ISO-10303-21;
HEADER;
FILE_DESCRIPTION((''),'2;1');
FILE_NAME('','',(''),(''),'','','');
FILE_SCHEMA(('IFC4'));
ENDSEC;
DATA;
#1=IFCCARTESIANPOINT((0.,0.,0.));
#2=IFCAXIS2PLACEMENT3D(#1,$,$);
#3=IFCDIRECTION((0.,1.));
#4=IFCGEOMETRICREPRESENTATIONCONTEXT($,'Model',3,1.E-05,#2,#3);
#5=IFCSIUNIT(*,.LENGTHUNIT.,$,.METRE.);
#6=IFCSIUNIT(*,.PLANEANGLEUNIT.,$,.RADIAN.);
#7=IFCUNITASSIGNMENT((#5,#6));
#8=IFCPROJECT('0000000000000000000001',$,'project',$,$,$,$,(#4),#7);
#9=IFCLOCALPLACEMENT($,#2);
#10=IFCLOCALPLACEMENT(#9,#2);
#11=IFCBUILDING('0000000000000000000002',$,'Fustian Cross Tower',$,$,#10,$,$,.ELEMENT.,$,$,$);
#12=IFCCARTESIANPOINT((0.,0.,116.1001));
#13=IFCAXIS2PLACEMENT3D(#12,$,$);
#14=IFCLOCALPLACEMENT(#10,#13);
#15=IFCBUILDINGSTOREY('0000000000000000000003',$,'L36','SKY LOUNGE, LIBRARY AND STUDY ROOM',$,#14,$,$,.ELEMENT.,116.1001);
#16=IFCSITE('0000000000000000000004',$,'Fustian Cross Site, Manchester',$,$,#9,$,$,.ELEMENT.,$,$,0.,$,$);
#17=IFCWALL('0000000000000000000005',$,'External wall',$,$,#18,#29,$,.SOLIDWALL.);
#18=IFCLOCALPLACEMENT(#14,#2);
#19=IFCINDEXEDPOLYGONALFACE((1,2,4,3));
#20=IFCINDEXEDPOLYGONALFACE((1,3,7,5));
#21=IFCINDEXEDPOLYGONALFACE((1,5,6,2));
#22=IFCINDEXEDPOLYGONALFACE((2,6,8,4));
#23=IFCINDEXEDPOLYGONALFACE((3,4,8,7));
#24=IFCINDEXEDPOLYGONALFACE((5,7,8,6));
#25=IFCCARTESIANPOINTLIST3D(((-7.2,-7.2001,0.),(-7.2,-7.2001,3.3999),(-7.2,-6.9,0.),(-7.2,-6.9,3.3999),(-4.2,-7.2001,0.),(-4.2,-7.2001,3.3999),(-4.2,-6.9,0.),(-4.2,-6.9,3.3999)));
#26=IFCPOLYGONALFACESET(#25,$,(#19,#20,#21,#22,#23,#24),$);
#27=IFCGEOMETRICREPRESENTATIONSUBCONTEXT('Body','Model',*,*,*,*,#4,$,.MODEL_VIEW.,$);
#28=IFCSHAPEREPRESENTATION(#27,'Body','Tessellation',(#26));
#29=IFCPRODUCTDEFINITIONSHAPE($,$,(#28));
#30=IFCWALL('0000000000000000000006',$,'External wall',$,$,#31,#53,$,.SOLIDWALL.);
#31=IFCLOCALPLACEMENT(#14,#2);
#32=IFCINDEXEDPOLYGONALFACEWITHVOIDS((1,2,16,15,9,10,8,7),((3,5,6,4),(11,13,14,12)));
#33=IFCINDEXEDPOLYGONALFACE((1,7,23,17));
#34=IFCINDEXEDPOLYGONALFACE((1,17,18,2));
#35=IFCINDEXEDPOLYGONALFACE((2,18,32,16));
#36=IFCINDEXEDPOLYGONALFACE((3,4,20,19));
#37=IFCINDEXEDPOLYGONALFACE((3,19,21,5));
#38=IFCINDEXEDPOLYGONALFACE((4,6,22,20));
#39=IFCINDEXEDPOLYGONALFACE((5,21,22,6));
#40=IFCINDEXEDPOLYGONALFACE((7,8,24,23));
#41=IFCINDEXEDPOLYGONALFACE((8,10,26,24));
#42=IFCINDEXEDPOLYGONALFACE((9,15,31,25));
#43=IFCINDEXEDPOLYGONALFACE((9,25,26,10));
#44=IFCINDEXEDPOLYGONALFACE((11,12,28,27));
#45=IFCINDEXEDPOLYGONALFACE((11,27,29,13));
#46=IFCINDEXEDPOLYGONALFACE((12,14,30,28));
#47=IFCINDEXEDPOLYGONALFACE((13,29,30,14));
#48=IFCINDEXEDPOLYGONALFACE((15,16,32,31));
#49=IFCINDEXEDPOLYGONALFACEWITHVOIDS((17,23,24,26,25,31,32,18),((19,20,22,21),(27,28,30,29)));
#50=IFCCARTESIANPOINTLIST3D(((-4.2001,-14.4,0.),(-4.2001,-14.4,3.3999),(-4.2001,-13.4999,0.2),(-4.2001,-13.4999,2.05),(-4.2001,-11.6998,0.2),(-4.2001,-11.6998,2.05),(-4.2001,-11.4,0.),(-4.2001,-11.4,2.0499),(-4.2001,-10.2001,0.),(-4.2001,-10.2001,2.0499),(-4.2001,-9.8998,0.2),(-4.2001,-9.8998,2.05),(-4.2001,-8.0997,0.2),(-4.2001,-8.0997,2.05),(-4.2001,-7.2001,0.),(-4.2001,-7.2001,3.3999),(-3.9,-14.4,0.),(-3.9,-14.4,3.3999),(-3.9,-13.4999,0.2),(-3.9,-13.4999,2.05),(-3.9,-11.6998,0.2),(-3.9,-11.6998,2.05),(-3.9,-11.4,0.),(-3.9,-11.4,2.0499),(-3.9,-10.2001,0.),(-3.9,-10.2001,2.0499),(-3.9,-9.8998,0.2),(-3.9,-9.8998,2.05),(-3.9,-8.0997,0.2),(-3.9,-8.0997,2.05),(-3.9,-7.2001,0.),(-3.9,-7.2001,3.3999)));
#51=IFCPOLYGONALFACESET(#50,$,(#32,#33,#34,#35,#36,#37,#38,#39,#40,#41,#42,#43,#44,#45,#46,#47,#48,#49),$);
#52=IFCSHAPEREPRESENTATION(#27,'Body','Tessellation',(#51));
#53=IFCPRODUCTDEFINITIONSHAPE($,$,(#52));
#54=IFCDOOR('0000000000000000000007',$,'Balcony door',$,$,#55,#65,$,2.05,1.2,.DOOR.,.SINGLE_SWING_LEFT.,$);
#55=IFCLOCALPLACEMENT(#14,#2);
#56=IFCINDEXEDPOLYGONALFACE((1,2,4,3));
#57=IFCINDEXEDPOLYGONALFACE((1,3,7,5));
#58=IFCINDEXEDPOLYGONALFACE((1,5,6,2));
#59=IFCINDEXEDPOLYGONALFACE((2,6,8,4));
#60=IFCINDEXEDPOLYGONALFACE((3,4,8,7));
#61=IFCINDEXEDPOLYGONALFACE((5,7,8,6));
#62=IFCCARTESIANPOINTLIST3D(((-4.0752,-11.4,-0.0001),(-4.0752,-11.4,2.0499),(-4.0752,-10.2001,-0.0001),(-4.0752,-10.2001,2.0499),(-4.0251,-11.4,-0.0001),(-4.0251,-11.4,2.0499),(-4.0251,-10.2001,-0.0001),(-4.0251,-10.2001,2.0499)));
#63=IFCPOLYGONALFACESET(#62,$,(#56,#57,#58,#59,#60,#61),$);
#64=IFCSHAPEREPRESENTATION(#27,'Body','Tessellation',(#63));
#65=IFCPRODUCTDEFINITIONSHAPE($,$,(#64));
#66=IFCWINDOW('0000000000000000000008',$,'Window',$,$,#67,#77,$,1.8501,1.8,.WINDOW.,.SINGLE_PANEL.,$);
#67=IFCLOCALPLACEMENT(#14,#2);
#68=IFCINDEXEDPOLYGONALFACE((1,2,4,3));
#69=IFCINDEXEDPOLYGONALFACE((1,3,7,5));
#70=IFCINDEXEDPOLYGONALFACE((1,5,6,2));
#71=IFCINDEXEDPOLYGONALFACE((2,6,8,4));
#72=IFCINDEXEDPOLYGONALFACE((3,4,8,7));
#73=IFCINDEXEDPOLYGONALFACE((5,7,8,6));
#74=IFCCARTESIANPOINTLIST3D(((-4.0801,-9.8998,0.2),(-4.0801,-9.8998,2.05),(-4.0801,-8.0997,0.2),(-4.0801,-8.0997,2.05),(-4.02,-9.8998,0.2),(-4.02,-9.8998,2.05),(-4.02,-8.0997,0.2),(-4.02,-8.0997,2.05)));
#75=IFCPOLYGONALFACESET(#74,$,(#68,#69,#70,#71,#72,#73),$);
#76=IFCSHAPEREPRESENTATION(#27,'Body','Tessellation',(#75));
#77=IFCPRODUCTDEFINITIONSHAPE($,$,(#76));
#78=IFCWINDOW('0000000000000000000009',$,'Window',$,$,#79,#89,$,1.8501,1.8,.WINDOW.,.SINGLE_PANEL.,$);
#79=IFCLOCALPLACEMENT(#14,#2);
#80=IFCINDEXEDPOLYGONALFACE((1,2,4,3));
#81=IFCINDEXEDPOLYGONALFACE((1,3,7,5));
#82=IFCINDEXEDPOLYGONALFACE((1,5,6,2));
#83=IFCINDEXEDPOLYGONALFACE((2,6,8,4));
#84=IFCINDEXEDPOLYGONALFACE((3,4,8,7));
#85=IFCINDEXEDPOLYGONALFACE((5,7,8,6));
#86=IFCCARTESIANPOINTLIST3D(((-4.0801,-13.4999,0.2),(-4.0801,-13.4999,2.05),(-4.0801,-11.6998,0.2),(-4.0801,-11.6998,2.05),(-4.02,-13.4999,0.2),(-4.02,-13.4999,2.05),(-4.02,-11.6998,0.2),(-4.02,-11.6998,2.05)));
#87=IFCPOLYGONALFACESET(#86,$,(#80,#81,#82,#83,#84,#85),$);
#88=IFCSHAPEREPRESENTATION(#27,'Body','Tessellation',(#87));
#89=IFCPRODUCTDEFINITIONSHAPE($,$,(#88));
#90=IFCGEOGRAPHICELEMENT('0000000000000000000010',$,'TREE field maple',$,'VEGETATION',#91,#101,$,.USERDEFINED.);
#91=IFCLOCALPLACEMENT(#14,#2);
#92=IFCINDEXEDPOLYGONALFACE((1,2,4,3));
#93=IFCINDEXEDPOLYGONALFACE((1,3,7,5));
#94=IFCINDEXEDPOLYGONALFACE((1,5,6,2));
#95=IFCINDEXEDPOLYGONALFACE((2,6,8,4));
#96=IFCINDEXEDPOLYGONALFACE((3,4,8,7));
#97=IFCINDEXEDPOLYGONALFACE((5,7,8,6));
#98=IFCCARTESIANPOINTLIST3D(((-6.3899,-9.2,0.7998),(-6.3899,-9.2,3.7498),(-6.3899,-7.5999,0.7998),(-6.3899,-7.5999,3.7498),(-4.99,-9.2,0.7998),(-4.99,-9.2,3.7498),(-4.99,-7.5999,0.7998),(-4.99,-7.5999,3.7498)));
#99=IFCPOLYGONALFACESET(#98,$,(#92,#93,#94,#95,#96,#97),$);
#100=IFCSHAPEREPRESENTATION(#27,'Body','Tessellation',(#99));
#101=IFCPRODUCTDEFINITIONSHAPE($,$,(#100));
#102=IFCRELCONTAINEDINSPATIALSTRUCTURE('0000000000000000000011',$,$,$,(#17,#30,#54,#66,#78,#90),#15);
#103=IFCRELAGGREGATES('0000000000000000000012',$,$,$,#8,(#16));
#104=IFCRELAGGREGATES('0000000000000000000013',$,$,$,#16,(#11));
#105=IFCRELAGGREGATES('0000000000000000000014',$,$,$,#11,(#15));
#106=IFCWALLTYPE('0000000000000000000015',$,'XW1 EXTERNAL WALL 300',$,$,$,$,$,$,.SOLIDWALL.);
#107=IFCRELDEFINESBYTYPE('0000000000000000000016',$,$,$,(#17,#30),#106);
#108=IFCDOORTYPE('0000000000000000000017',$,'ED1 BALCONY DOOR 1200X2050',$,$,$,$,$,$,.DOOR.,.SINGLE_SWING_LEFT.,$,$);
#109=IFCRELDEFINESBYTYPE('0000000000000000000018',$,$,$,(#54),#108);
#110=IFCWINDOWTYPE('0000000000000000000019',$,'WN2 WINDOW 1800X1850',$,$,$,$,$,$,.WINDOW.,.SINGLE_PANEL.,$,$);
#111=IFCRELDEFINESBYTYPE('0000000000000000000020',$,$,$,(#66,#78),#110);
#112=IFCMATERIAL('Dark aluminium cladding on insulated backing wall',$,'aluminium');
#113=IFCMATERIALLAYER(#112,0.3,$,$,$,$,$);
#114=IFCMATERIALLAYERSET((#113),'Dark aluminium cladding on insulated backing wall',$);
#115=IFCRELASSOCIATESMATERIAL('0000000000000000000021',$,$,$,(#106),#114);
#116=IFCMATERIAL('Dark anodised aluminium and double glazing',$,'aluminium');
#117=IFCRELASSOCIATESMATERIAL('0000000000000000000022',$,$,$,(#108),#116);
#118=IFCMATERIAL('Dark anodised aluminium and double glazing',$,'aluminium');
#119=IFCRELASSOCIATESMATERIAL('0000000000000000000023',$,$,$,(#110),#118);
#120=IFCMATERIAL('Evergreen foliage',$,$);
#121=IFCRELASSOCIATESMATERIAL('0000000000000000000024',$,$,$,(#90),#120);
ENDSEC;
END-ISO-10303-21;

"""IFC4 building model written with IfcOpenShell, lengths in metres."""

from ifc_helpers import new_model, si_unit, direction, frame, frame_2d, origin, origin_2d, place, context, subcontext, project, spatial, rectangle, extrude, material, layer, layer_set, type_object, element, fill, save


model = new_model("IFC4")

# Units and contexts
model_context = context("Model", 3, precision=1e-05, world=origin(), true_north=direction((0.0, 1.0)))
body_context = subcontext(model_context, "Body", "Model", "MODEL_VIEW")
ifc_project = project(units=[si_unit("LENGTHUNIT", "METRE"), si_unit("PLANEANGLEUNIT", "RADIAN")], contexts=[model_context])

# Site, building, storey
site_placement = place(None, origin())
site = spatial("IfcSite", under=ifc_project, at=site_placement, Name="Fustian Cross Site, Manchester", CompositionType="ELEMENT", RefElevation=0.0)
building_placement = place(site_placement, origin())
building = spatial("IfcBuilding", under=site, at=building_placement, Name="Fustian Cross Tower", CompositionType="ELEMENT")
storey_placement = place(building_placement, frame((0.0, 0.0, 116.1001)))
storey = spatial("IfcBuildingStorey", under=building, at=storey_placement, Name="L36", Description="SKY LOUNGE, LIBRARY AND STUDY ROOM", CompositionType="ELEMENT", Elevation=116.1001)

# Wall
ifc_material_1 = material(Name="Dark aluminium cladding on insulated backing wall", Category="aluminium")
ifc_layer_1 = layer(ifc_material_1, 0.3)
ifc_layer_set_1 = layer_set([ifc_layer_1], Name="Dark aluminium cladding on insulated backing wall")
wall_type_1 = type_object("IfcWallType", Name="XW1 EXTERNAL WALL 300", PredefinedType="SOLIDWALL", material=ifc_layer_set_1)
wall_1_placement = place(storey_placement, frame((-7.2, -7.05, 0.0), z_axis=(0.0, 0.0, 1.0), x_axis=(1.0, 0.0, 0.0)))
element("IfcWall", 1, at=wall_1_placement, inside=storey, type_object=wall_type_1, Name="External wall", PredefinedType="SOLIDWALL", context=body_context, shape_type="SweptSolid", body=[
    extrude(rectangle(XDim=3.0, YDim=0.3, at=frame_2d((1.5, 0.0))), origin(), (0.0, 0.0, 1.0), 3.3999),
])

# Wall, openings, door, windows
wall_2_placement = place(storey_placement, frame((-4.05, -7.2, 0.0), z_axis=(0.0, 0.0, 1.0), x_axis=(0.0, -1.0, 0.0)))
wall_2 = element("IfcWall", 2, at=wall_2_placement, inside=storey, type_object=wall_type_1, Name="External wall", PredefinedType="SOLIDWALL", context=body_context, shape_type="SweptSolid", body=[
    extrude(rectangle(XDim=7.2, YDim=0.3, at=frame_2d((3.6001, 0.0))), origin(), (0.0, 0.0, 1.0), 3.3999),
])
opening_1_placement = place(wall_2_placement, frame((3.0, 0.0, 0.0)))
opening_1 = element("IfcOpeningElement", 3, at=opening_1_placement, cuts=wall_2, PredefinedType="OPENING", context=body_context, shape_type="SweptSolid", body=[
    extrude(rectangle(XDim=1.2, YDim=2.05, at=frame_2d((0.6001, 1.0249))), frame((0.0, 0.1599, 0.0), z_axis=(0.0, -1.0, 0.0), x_axis=(1.0, 0.0, 0.0)), (0.0, 0.0, 1.0), 0.3201),
])
opening_2_placement = place(wall_2_placement, frame((0.8999, 0.0, 0.2)))
opening_2 = element("IfcOpeningElement", 4, at=opening_2_placement, cuts=wall_2, PredefinedType="OPENING", context=body_context, shape_type="SweptSolid", body=[
    extrude(rectangle(XDim=1.8, YDim=1.8501, at=frame_2d((0.8999, 0.925))), frame((0.0, 0.1599, 0.0), z_axis=(0.0, -1.0, 0.0), x_axis=(1.0, 0.0, 0.0)), (0.0, 0.0, 1.0), 0.3201),
])
opening_3_placement = place(wall_2_placement, frame((4.5, 0.0, 0.2)))
opening_3 = element("IfcOpeningElement", 5, at=opening_3_placement, cuts=wall_2, PredefinedType="OPENING", context=body_context, shape_type="SweptSolid", body=[
    extrude(rectangle(XDim=1.8, YDim=1.8501, at=frame_2d((0.8999, 0.925))), frame((0.0, 0.1599, 0.0), z_axis=(0.0, -1.0, 0.0), x_axis=(1.0, 0.0, 0.0)), (0.0, 0.0, 1.0), 0.3201),
])
ifc_material_2 = material(Name="Dark anodised aluminium and double glazing", Category="aluminium")
door_type_1 = type_object("IfcDoorType", Name="ED1 BALCONY DOOR 1200X2050", OperationType="SINGLE_SWING_LEFT", PredefinedType="DOOR", material=ifc_material_2)
door_1_placement = place(opening_1_placement, origin())
door_1 = element("IfcDoor", 6, at=door_1_placement, inside=storey, type_object=door_type_1, Name="Balcony door", OperationType="SINGLE_SWING_LEFT", OverallHeight=2.05, OverallWidth=1.2, PredefinedType="DOOR", context=body_context, shape_type="SweptSolid", body=[
    extrude(rectangle(XDim=1.2, YDim=2.05, at=frame_2d((0.6001, 1.0249))), frame((0.0, 0.0249, 0.0), z_axis=(0.0, -1.0, 0.0), x_axis=(1.0, 0.0, 0.0)), (0.0, 0.0, 1.0), 0.05),
])
fill(opening_1, door_1)
ifc_material_3 = material(Name="Dark anodised aluminium and double glazing", Category="aluminium")
window_type = type_object("IfcWindowType", Name="WN2 WINDOW 1800X1850", PartitioningType="SINGLE_PANEL", PredefinedType="WINDOW", material=ifc_material_3)
window_1_placement = place(opening_2_placement, origin())
window_1 = element("IfcWindow", 7, at=window_1_placement, inside=storey, type_object=window_type, Name="Window", OverallHeight=1.8501, OverallWidth=1.8, PartitioningType="SINGLE_PANEL", PredefinedType="WINDOW", context=body_context, shape_type="SweptSolid", body=[
    extrude(rectangle(XDim=1.8, YDim=1.8501, at=frame_2d((0.8999, 0.925))), frame((0.0, 0.03, 0.0), z_axis=(0.0, -1.0, 0.0), x_axis=(1.0, 0.0, 0.0)), (0.0, 0.0, 1.0), 0.0601),
])
fill(opening_2, window_1)
window_2_placement = place(opening_3_placement, origin())
window_2 = element("IfcWindow", 8, at=window_2_placement, inside=storey, type_object=window_type, Name="Window", OverallHeight=1.8501, OverallWidth=1.8, PartitioningType="SINGLE_PANEL", PredefinedType="WINDOW", context=body_context, shape_type="SweptSolid", body=[
    extrude(rectangle(XDim=1.8, YDim=1.8501, at=frame_2d((0.8999, 0.925))), frame((0.0, 0.03, 0.0), z_axis=(0.0, -1.0, 0.0), x_axis=(1.0, 0.0, 0.0)), (0.0, 0.0, 1.0), 0.0601),
])
fill(opening_3, window_2)

# Geographic element
ifc_material_4 = material(Name="Evergreen foliage")
geographic_element_placement = place(storey_placement, frame((-5.6899, -8.3999, 0.7998), z_axis=(0.0, 0.0, 1.0), x_axis=(1.0, 0.0, 0.0)))
element("IfcGeographicElement", 9, at=geographic_element_placement, inside=storey, material=ifc_material_4, Name="TREE field maple", ObjectType="VEGETATION", PredefinedType="USERDEFINED", context=body_context, shape_type="SweptSolid", body=[
    extrude(rectangle(XDim=1.3999, YDim=1.6001, at=origin_2d()), origin(), (0.0, 0.0, 1.0), 2.95),
])

save(model, "model.ifc")
